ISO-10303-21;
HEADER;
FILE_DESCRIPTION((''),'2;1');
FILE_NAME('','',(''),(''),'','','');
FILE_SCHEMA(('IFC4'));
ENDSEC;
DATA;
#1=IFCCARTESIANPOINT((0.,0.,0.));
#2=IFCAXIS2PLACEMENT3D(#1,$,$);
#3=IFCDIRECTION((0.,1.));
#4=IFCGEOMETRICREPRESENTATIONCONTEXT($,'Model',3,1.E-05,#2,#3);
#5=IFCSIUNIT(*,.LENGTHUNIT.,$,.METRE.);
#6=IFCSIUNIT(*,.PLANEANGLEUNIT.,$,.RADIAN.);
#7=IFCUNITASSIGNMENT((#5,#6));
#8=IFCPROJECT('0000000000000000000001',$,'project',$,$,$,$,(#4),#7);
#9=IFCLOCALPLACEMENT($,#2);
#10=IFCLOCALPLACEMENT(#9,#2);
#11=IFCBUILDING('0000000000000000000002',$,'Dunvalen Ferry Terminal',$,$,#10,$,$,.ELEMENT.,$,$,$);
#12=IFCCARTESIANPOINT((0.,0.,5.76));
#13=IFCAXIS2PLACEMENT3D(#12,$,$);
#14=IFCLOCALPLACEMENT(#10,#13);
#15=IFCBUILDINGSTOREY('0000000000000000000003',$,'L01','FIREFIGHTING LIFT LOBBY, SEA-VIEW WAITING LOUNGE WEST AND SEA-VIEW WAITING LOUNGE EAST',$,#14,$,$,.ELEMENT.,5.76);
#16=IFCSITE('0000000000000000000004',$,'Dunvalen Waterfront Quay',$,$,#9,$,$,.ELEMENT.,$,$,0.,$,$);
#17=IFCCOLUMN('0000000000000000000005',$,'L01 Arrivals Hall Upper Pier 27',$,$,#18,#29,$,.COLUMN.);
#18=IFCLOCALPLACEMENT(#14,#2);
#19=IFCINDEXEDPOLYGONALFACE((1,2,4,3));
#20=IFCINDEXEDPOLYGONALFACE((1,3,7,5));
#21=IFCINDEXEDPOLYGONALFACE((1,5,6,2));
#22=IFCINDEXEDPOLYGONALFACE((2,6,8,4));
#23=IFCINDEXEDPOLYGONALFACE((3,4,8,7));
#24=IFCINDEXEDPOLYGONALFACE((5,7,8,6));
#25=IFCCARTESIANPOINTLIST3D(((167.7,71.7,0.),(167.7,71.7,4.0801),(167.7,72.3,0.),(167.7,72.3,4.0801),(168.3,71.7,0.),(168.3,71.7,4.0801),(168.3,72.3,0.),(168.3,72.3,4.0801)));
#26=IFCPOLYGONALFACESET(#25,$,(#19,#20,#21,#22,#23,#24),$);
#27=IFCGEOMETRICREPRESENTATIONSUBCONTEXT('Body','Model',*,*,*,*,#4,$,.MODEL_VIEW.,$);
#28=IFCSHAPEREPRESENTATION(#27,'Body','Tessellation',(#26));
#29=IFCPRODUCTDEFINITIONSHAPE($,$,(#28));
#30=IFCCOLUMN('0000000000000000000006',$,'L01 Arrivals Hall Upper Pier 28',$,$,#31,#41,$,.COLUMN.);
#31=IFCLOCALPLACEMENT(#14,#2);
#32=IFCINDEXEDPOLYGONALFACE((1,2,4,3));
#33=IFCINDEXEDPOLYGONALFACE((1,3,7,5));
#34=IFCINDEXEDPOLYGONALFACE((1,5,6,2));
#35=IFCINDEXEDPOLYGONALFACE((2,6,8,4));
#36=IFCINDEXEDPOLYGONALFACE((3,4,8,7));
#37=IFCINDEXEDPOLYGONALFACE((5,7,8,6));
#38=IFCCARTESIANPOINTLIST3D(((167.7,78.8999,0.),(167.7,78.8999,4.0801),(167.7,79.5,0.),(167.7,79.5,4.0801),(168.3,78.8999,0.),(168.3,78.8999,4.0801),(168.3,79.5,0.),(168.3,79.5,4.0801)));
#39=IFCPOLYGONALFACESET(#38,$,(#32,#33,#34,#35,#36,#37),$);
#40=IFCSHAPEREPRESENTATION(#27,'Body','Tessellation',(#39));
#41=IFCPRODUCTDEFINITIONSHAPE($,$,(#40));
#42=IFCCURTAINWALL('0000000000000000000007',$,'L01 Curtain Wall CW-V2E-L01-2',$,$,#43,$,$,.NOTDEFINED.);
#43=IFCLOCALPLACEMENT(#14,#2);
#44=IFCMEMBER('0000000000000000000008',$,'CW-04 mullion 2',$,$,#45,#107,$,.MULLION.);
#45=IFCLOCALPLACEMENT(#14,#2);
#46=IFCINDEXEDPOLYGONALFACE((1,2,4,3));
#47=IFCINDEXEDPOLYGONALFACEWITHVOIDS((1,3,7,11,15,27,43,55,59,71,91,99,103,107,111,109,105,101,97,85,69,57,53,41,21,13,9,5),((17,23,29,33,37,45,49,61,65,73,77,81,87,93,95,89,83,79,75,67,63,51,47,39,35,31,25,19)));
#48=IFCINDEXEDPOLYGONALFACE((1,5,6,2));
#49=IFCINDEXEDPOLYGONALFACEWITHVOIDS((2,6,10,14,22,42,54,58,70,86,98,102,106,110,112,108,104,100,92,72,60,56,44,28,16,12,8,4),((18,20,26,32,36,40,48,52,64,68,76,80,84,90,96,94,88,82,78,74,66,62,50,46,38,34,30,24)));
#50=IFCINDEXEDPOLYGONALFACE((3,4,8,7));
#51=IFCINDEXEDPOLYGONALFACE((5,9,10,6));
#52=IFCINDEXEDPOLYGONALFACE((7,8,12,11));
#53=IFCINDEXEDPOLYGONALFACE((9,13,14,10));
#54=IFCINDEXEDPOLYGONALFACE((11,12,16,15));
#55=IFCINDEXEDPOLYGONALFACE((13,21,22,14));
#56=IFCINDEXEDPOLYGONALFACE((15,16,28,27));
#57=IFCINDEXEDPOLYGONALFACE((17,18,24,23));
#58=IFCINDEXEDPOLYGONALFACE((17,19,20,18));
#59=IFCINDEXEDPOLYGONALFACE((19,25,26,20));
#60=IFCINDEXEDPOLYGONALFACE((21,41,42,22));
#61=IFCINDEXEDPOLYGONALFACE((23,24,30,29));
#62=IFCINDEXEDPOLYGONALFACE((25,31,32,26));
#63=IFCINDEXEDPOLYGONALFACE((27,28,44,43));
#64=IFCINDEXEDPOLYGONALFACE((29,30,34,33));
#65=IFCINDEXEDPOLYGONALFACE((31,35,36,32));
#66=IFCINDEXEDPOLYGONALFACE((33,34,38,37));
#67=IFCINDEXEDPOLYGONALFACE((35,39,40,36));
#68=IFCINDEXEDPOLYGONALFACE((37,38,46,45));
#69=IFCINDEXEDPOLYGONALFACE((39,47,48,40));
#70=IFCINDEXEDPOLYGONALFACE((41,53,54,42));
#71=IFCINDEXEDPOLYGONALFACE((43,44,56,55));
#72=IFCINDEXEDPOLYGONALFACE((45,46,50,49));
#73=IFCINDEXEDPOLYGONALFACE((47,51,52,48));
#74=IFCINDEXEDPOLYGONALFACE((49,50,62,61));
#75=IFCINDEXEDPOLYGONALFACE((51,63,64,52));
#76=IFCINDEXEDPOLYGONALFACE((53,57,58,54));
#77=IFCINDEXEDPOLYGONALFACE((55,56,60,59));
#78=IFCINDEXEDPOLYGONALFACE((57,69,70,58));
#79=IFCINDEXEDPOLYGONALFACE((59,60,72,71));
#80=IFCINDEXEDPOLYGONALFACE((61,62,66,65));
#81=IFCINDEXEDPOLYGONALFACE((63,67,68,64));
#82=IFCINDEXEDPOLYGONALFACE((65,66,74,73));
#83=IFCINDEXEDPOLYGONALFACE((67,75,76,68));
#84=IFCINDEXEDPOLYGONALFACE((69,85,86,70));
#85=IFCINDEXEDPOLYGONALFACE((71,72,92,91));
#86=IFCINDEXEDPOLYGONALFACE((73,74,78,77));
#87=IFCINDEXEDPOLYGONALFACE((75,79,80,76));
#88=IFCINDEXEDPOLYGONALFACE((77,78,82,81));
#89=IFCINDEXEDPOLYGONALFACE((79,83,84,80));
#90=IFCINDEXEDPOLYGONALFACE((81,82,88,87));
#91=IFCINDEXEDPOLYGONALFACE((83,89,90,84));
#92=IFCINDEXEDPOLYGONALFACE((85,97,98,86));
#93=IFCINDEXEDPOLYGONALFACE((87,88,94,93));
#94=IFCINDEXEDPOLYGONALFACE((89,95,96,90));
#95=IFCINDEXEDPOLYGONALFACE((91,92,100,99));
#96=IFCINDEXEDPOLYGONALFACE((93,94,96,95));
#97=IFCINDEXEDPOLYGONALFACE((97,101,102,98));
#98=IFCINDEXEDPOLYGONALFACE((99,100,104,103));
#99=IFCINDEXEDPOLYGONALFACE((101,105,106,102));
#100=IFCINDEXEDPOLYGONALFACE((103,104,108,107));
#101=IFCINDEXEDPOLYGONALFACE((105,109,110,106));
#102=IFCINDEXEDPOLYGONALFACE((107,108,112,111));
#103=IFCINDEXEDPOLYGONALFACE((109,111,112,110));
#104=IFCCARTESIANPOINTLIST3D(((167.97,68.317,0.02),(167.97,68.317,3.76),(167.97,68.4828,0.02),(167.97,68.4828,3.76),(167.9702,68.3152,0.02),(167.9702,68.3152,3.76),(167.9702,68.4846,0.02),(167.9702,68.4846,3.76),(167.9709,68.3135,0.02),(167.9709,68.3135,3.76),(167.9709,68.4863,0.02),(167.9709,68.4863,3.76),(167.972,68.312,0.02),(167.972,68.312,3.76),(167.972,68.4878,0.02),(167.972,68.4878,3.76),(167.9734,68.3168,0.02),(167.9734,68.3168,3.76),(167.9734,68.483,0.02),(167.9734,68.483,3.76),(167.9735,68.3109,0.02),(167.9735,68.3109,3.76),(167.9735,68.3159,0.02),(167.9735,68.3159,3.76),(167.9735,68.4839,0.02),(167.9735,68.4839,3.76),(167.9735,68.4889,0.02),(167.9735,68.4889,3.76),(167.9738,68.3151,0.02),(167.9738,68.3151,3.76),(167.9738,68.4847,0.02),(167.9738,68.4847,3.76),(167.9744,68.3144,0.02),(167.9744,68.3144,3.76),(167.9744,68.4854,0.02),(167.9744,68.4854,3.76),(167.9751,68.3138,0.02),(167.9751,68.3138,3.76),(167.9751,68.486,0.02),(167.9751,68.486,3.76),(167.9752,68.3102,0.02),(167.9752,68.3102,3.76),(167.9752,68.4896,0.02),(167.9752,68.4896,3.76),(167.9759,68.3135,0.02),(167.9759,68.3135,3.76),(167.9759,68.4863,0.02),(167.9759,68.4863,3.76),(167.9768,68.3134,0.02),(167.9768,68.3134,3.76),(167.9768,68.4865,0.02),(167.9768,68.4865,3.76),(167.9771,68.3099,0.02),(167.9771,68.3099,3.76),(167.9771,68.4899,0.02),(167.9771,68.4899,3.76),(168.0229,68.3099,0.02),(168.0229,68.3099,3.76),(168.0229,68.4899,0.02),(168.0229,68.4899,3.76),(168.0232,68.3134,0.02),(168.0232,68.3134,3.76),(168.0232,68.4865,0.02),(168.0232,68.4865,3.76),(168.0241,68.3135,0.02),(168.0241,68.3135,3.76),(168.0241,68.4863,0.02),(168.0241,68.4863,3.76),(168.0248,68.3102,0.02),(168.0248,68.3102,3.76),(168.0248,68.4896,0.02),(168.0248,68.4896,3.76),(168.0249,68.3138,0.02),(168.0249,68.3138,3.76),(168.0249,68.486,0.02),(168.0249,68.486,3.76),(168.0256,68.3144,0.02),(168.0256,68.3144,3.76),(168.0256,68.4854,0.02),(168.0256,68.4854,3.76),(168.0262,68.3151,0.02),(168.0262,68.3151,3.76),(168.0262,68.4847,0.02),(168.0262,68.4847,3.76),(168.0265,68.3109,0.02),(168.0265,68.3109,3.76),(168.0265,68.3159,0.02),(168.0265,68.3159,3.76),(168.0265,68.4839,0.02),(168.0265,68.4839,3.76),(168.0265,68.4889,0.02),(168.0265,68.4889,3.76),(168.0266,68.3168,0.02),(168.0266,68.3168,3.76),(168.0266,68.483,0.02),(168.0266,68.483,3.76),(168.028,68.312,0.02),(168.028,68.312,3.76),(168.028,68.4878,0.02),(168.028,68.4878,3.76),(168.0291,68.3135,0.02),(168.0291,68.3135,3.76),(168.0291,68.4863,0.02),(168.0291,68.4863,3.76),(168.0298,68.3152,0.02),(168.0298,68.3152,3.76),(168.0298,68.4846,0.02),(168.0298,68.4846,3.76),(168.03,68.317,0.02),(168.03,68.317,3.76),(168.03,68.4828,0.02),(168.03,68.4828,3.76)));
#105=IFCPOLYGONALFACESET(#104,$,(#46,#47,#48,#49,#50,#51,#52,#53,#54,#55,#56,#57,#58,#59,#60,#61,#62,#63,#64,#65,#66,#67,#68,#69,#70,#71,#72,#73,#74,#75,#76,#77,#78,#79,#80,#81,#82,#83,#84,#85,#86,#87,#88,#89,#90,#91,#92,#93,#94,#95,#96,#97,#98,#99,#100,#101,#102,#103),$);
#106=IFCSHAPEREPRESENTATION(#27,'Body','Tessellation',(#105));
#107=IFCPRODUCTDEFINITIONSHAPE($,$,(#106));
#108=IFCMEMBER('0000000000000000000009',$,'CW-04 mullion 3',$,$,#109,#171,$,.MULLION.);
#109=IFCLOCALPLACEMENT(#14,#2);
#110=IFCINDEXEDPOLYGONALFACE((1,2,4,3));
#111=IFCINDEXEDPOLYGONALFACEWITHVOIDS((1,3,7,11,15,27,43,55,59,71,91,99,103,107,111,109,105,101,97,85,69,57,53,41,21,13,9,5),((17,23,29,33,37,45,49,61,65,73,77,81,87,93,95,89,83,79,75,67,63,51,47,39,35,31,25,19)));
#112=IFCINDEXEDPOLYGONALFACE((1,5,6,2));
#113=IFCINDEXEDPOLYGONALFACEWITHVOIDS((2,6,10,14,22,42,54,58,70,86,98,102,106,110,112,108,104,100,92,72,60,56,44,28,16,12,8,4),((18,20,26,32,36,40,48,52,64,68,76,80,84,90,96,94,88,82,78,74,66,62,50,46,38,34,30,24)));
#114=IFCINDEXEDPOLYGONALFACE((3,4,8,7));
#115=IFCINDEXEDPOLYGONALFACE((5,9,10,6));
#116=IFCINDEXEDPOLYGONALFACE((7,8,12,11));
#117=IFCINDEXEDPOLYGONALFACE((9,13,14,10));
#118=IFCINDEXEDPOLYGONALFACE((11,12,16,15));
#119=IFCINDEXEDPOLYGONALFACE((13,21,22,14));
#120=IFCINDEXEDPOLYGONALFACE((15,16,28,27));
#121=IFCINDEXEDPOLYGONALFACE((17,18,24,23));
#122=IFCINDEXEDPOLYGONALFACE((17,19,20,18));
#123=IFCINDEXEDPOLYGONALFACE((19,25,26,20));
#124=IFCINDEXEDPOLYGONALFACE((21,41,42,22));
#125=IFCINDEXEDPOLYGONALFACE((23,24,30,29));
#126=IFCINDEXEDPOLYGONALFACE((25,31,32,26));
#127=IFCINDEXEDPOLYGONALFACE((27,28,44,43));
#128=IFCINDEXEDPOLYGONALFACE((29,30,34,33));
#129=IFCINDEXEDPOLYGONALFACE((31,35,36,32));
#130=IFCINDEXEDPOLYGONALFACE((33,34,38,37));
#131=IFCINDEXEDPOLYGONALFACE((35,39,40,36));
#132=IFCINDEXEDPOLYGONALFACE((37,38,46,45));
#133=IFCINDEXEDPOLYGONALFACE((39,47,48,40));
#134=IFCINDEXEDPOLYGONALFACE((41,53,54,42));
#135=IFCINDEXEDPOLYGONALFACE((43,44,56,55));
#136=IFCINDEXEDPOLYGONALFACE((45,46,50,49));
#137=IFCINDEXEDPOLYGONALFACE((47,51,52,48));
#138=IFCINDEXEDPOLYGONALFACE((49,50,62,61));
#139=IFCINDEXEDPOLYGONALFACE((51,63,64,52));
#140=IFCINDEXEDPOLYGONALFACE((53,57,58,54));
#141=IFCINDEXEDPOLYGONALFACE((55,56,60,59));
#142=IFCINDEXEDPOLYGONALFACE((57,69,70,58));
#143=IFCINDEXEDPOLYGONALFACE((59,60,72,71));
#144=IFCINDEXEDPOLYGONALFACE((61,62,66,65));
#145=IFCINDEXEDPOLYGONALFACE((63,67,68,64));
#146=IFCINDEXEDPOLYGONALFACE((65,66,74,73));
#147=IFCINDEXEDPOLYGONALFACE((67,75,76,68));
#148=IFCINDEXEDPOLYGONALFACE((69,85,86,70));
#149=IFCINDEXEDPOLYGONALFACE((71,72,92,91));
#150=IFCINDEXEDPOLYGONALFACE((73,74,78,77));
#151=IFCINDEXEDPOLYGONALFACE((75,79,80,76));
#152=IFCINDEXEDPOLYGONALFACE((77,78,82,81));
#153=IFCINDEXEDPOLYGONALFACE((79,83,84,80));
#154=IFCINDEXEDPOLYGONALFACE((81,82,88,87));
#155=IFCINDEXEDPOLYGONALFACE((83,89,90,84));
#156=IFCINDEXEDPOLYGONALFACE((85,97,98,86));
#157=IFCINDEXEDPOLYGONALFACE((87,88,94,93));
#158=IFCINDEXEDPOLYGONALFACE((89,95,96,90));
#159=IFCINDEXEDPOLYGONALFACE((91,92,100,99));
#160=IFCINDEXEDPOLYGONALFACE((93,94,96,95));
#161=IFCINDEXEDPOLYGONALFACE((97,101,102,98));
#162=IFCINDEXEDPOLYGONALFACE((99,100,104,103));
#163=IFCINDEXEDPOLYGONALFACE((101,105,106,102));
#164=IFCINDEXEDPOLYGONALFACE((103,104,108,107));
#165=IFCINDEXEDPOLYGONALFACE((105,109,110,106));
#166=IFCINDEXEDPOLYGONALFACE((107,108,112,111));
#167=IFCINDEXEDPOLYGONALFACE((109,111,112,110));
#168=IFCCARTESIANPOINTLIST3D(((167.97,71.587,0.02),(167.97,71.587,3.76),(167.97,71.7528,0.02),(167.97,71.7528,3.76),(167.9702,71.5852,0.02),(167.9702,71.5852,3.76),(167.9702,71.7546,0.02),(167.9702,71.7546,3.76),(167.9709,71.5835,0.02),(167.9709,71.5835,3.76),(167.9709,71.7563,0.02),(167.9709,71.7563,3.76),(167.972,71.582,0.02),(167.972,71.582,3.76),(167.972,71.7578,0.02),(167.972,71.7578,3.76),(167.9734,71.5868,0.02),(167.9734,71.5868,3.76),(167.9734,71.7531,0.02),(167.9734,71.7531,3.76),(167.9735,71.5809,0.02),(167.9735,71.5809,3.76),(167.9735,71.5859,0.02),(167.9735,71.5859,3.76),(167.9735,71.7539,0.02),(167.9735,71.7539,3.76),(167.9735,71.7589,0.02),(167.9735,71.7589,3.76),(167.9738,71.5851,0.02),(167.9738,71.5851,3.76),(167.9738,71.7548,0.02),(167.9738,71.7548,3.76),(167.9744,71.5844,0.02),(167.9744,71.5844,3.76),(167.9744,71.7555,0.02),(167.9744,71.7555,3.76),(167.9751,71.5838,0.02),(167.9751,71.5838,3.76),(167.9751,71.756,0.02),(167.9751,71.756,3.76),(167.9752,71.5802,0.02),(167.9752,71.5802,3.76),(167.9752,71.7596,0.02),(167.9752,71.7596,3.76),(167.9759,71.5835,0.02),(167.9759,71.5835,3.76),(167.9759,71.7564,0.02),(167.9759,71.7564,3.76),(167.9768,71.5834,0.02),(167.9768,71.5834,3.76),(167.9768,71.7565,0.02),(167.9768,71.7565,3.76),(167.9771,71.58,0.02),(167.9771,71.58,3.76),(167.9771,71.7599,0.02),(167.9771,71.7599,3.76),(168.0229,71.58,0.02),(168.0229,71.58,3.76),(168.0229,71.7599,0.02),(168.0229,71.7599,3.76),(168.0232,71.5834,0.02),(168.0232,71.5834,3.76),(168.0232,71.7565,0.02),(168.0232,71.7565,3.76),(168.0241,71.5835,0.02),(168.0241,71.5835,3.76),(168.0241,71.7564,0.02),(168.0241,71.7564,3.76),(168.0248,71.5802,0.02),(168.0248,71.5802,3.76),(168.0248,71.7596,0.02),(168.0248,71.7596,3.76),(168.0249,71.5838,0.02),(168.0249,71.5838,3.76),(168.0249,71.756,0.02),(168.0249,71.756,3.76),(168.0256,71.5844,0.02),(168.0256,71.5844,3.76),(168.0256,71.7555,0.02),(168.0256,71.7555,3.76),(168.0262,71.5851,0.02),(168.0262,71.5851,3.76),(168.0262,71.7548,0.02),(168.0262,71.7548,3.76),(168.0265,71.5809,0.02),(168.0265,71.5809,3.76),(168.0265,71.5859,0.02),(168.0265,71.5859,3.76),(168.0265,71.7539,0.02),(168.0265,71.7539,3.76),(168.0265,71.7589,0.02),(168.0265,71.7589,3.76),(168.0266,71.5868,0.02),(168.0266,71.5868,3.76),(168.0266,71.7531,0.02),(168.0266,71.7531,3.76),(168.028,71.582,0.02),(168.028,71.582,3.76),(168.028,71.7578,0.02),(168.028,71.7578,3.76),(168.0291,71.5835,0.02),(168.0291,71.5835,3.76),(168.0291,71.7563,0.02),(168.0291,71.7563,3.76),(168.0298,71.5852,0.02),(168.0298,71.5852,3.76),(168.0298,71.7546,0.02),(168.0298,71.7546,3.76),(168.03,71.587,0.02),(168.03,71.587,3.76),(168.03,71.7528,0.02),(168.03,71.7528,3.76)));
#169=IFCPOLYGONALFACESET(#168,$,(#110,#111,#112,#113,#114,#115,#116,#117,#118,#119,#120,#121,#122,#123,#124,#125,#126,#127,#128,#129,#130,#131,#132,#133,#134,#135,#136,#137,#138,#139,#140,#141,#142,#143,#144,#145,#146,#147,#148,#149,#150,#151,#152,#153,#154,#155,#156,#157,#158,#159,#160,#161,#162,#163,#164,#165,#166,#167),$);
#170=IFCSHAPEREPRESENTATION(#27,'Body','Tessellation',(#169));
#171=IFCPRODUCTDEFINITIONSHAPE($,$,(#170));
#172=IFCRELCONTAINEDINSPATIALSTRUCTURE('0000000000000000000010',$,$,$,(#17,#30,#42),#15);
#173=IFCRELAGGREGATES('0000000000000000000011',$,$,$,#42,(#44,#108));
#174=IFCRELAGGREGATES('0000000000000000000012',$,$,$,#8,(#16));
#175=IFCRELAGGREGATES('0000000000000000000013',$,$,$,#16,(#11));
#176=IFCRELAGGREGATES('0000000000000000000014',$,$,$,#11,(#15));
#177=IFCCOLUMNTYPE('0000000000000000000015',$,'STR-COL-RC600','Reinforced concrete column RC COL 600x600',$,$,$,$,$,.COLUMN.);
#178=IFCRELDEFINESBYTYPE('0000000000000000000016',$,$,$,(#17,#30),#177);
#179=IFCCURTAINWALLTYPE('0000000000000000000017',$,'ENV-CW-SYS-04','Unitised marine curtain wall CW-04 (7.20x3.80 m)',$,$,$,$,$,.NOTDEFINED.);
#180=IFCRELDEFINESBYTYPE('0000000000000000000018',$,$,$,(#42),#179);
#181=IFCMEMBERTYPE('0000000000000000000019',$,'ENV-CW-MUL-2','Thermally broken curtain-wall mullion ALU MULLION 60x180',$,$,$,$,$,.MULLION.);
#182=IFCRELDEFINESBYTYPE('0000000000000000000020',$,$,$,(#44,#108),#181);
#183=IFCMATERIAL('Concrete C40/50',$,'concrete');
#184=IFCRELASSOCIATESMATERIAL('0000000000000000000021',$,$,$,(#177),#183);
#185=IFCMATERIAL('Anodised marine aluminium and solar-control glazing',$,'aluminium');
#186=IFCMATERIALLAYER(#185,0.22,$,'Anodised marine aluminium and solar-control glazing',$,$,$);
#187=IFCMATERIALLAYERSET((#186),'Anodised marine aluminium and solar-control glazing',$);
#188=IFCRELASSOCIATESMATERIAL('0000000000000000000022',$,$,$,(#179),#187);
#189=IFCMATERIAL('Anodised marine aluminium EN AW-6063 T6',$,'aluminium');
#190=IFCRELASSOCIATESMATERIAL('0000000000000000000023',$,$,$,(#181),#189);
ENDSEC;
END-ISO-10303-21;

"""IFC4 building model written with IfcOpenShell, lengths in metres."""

from ifc_helpers import new_model, si_unit, direction, frame, origin, origin_2d, place, context, subcontext, project, spatial, rectangle, hollow_rectangle, extrude, material, layer, layer_set, material_profile, profile_set, type_object, element, aggregate, save


model = new_model("IFC4")

# Units and contexts
model_context = context("Model", 3, precision=1e-05, world=origin(), true_north=direction((0.0, 1.0)))
body_context = subcontext(model_context, "Body", "Model", "MODEL_VIEW")
ifc_project = project(units=[si_unit("LENGTHUNIT", "METRE"), si_unit("PLANEANGLEUNIT", "RADIAN")], contexts=[model_context])

# Site, building, storey
site_placement = place(None, origin())
site = spatial("IfcSite", under=ifc_project, at=site_placement, Name="Dunvalen Waterfront Quay", CompositionType="ELEMENT", RefElevation=0.0)
building_placement = place(site_placement, origin())
building = spatial("IfcBuilding", under=site, at=building_placement, Name="Dunvalen Ferry Terminal", CompositionType="ELEMENT")
storey_placement = place(building_placement, frame((0.0, 0.0, 5.76)))
storey = spatial("IfcBuildingStorey", under=building, at=storey_placement, Name="L01", Description="FIREFIGHTING LIFT LOBBY, SEA-VIEW WAITING LOUNGE WEST AND SEA-VIEW WAITING LOUNGE EAST", CompositionType="ELEMENT", Elevation=5.76)

# Columns
ifc_material_1 = material(Name="Concrete C40/50", Category="concrete")
ifc_material_profile_1 = material_profile(ifc_material_1, rectangle(XDim=0.6001, YDim=0.6001, at=origin_2d()), Name="Concrete C40/50")
ifc_profile_set_1 = profile_set([ifc_material_profile_1], Name="Concrete C40/50")
column_type = type_object("IfcColumnType", Name="STR-COL-RC600", Description="Reinforced concrete column RC COL 600x600", PredefinedType="COLUMN", material=ifc_profile_set_1)
for number, where, z_axis, x_axis, name in (
    (1, (168.0, 72.0, 0.0), (0.0, 0.0, 1.0), (1.0, 0.0, 0.0), "L01 Arrivals Hall Upper Pier 27"),
    (2, (168.0, 79.2, 0.0), (0.0, 0.0, 1.0), (1.0, 0.0, 0.0), "L01 Arrivals Hall Upper Pier 28"),
):
    element("IfcColumn", number, at=place(storey_placement, frame(where, z_axis=z_axis, x_axis=x_axis)), inside=storey, type_object=column_type, Name=name, PredefinedType="COLUMN", context=body_context, shape_type="SweptSolid", body=[
        extrude(rectangle(XDim=0.6001, YDim=0.6001, at=origin_2d()), origin(), (0.0, 0.0, 1.0), 4.0801),
    ])

# Curtain wall, members
ifc_material_2 = material(Name="Anodised marine aluminium and solar-control glazing", Category="aluminium")
ifc_layer_1 = layer(ifc_material_2, 0.22, Name="Anodised marine aluminium and solar-control glazing")
ifc_layer_set_1 = layer_set([ifc_layer_1], Name="Anodised marine aluminium and solar-control glazing")
curtain_wall_type = type_object("IfcCurtainWallType", Name="ENV-CW-SYS-04", Description="Unitised marine curtain wall CW-04 (7.20x3.80 m)", PredefinedType="NOTDEFINED", material=ifc_layer_set_1)
curtain_wall_1_placement = place(storey_placement, origin())
curtain_wall_1 = element("IfcCurtainWall", 3, at=curtain_wall_1_placement, inside=storey, type_object=curtain_wall_type, Name="L01 Curtain Wall CW-V2E-L01-2", PredefinedType="NOTDEFINED")
ifc_material_3 = material(Name="Anodised marine aluminium EN AW-6063 T6", Category="aluminium")
ifc_material_profile_2 = material_profile(ifc_material_3, hollow_rectangle(XDim=0.0601, YDim=0.1799, WallThickness=0.0034, InnerFilletRadius=0.0034, OuterFilletRadius=0.0071, at=origin_2d()), Name="Anodised marine aluminium EN AW-6063 T6")
ifc_profile_set_2 = profile_set([ifc_material_profile_2], Name="Anodised marine aluminium EN AW-6063 T6")
member_type_1 = type_object("IfcMemberType", Name="ENV-CW-MUL-2", Description="Thermally broken curtain-wall mullion ALU MULLION 60x180", PredefinedType="MULLION", material=ifc_profile_set_2)
member_1_placement = place(storey_placement, frame((168.0, 68.3999, 0.02), z_axis=(0.0, 0.0, 1.0), x_axis=(-1.0, 0.0, 0.0)))
member_1 = element("IfcMember", 4, at=member_1_placement, type_object=member_type_1, Name="CW-04 mullion 2", PredefinedType="MULLION", context=body_context, shape_type="SweptSolid", body=[
    extrude(hollow_rectangle(XDim=0.0601, YDim=0.1799, WallThickness=0.0034, InnerFilletRadius=0.0034, OuterFilletRadius=0.0071, at=origin_2d()), origin(), (0.0, 0.0, 1.0), 3.74),
])
member_2_placement = place(storey_placement, frame((168.0, 71.6699, 0.02), z_axis=(0.0, 0.0, 1.0), x_axis=(-1.0, 0.0, 0.0)))
member_2 = element("IfcMember", 5, at=member_2_placement, type_object=member_type_1, Name="CW-04 mullion 3", PredefinedType="MULLION", context=body_context, shape_type="SweptSolid", body=[
    extrude(hollow_rectangle(XDim=0.0601, YDim=0.1799, WallThickness=0.0034, InnerFilletRadius=0.0034, OuterFilletRadius=0.0071, at=origin_2d()), origin(), (0.0, 0.0, 1.0), 3.74),
])

aggregate(curtain_wall_1, [member_1, member_2])

save(model, "model.ifc")
